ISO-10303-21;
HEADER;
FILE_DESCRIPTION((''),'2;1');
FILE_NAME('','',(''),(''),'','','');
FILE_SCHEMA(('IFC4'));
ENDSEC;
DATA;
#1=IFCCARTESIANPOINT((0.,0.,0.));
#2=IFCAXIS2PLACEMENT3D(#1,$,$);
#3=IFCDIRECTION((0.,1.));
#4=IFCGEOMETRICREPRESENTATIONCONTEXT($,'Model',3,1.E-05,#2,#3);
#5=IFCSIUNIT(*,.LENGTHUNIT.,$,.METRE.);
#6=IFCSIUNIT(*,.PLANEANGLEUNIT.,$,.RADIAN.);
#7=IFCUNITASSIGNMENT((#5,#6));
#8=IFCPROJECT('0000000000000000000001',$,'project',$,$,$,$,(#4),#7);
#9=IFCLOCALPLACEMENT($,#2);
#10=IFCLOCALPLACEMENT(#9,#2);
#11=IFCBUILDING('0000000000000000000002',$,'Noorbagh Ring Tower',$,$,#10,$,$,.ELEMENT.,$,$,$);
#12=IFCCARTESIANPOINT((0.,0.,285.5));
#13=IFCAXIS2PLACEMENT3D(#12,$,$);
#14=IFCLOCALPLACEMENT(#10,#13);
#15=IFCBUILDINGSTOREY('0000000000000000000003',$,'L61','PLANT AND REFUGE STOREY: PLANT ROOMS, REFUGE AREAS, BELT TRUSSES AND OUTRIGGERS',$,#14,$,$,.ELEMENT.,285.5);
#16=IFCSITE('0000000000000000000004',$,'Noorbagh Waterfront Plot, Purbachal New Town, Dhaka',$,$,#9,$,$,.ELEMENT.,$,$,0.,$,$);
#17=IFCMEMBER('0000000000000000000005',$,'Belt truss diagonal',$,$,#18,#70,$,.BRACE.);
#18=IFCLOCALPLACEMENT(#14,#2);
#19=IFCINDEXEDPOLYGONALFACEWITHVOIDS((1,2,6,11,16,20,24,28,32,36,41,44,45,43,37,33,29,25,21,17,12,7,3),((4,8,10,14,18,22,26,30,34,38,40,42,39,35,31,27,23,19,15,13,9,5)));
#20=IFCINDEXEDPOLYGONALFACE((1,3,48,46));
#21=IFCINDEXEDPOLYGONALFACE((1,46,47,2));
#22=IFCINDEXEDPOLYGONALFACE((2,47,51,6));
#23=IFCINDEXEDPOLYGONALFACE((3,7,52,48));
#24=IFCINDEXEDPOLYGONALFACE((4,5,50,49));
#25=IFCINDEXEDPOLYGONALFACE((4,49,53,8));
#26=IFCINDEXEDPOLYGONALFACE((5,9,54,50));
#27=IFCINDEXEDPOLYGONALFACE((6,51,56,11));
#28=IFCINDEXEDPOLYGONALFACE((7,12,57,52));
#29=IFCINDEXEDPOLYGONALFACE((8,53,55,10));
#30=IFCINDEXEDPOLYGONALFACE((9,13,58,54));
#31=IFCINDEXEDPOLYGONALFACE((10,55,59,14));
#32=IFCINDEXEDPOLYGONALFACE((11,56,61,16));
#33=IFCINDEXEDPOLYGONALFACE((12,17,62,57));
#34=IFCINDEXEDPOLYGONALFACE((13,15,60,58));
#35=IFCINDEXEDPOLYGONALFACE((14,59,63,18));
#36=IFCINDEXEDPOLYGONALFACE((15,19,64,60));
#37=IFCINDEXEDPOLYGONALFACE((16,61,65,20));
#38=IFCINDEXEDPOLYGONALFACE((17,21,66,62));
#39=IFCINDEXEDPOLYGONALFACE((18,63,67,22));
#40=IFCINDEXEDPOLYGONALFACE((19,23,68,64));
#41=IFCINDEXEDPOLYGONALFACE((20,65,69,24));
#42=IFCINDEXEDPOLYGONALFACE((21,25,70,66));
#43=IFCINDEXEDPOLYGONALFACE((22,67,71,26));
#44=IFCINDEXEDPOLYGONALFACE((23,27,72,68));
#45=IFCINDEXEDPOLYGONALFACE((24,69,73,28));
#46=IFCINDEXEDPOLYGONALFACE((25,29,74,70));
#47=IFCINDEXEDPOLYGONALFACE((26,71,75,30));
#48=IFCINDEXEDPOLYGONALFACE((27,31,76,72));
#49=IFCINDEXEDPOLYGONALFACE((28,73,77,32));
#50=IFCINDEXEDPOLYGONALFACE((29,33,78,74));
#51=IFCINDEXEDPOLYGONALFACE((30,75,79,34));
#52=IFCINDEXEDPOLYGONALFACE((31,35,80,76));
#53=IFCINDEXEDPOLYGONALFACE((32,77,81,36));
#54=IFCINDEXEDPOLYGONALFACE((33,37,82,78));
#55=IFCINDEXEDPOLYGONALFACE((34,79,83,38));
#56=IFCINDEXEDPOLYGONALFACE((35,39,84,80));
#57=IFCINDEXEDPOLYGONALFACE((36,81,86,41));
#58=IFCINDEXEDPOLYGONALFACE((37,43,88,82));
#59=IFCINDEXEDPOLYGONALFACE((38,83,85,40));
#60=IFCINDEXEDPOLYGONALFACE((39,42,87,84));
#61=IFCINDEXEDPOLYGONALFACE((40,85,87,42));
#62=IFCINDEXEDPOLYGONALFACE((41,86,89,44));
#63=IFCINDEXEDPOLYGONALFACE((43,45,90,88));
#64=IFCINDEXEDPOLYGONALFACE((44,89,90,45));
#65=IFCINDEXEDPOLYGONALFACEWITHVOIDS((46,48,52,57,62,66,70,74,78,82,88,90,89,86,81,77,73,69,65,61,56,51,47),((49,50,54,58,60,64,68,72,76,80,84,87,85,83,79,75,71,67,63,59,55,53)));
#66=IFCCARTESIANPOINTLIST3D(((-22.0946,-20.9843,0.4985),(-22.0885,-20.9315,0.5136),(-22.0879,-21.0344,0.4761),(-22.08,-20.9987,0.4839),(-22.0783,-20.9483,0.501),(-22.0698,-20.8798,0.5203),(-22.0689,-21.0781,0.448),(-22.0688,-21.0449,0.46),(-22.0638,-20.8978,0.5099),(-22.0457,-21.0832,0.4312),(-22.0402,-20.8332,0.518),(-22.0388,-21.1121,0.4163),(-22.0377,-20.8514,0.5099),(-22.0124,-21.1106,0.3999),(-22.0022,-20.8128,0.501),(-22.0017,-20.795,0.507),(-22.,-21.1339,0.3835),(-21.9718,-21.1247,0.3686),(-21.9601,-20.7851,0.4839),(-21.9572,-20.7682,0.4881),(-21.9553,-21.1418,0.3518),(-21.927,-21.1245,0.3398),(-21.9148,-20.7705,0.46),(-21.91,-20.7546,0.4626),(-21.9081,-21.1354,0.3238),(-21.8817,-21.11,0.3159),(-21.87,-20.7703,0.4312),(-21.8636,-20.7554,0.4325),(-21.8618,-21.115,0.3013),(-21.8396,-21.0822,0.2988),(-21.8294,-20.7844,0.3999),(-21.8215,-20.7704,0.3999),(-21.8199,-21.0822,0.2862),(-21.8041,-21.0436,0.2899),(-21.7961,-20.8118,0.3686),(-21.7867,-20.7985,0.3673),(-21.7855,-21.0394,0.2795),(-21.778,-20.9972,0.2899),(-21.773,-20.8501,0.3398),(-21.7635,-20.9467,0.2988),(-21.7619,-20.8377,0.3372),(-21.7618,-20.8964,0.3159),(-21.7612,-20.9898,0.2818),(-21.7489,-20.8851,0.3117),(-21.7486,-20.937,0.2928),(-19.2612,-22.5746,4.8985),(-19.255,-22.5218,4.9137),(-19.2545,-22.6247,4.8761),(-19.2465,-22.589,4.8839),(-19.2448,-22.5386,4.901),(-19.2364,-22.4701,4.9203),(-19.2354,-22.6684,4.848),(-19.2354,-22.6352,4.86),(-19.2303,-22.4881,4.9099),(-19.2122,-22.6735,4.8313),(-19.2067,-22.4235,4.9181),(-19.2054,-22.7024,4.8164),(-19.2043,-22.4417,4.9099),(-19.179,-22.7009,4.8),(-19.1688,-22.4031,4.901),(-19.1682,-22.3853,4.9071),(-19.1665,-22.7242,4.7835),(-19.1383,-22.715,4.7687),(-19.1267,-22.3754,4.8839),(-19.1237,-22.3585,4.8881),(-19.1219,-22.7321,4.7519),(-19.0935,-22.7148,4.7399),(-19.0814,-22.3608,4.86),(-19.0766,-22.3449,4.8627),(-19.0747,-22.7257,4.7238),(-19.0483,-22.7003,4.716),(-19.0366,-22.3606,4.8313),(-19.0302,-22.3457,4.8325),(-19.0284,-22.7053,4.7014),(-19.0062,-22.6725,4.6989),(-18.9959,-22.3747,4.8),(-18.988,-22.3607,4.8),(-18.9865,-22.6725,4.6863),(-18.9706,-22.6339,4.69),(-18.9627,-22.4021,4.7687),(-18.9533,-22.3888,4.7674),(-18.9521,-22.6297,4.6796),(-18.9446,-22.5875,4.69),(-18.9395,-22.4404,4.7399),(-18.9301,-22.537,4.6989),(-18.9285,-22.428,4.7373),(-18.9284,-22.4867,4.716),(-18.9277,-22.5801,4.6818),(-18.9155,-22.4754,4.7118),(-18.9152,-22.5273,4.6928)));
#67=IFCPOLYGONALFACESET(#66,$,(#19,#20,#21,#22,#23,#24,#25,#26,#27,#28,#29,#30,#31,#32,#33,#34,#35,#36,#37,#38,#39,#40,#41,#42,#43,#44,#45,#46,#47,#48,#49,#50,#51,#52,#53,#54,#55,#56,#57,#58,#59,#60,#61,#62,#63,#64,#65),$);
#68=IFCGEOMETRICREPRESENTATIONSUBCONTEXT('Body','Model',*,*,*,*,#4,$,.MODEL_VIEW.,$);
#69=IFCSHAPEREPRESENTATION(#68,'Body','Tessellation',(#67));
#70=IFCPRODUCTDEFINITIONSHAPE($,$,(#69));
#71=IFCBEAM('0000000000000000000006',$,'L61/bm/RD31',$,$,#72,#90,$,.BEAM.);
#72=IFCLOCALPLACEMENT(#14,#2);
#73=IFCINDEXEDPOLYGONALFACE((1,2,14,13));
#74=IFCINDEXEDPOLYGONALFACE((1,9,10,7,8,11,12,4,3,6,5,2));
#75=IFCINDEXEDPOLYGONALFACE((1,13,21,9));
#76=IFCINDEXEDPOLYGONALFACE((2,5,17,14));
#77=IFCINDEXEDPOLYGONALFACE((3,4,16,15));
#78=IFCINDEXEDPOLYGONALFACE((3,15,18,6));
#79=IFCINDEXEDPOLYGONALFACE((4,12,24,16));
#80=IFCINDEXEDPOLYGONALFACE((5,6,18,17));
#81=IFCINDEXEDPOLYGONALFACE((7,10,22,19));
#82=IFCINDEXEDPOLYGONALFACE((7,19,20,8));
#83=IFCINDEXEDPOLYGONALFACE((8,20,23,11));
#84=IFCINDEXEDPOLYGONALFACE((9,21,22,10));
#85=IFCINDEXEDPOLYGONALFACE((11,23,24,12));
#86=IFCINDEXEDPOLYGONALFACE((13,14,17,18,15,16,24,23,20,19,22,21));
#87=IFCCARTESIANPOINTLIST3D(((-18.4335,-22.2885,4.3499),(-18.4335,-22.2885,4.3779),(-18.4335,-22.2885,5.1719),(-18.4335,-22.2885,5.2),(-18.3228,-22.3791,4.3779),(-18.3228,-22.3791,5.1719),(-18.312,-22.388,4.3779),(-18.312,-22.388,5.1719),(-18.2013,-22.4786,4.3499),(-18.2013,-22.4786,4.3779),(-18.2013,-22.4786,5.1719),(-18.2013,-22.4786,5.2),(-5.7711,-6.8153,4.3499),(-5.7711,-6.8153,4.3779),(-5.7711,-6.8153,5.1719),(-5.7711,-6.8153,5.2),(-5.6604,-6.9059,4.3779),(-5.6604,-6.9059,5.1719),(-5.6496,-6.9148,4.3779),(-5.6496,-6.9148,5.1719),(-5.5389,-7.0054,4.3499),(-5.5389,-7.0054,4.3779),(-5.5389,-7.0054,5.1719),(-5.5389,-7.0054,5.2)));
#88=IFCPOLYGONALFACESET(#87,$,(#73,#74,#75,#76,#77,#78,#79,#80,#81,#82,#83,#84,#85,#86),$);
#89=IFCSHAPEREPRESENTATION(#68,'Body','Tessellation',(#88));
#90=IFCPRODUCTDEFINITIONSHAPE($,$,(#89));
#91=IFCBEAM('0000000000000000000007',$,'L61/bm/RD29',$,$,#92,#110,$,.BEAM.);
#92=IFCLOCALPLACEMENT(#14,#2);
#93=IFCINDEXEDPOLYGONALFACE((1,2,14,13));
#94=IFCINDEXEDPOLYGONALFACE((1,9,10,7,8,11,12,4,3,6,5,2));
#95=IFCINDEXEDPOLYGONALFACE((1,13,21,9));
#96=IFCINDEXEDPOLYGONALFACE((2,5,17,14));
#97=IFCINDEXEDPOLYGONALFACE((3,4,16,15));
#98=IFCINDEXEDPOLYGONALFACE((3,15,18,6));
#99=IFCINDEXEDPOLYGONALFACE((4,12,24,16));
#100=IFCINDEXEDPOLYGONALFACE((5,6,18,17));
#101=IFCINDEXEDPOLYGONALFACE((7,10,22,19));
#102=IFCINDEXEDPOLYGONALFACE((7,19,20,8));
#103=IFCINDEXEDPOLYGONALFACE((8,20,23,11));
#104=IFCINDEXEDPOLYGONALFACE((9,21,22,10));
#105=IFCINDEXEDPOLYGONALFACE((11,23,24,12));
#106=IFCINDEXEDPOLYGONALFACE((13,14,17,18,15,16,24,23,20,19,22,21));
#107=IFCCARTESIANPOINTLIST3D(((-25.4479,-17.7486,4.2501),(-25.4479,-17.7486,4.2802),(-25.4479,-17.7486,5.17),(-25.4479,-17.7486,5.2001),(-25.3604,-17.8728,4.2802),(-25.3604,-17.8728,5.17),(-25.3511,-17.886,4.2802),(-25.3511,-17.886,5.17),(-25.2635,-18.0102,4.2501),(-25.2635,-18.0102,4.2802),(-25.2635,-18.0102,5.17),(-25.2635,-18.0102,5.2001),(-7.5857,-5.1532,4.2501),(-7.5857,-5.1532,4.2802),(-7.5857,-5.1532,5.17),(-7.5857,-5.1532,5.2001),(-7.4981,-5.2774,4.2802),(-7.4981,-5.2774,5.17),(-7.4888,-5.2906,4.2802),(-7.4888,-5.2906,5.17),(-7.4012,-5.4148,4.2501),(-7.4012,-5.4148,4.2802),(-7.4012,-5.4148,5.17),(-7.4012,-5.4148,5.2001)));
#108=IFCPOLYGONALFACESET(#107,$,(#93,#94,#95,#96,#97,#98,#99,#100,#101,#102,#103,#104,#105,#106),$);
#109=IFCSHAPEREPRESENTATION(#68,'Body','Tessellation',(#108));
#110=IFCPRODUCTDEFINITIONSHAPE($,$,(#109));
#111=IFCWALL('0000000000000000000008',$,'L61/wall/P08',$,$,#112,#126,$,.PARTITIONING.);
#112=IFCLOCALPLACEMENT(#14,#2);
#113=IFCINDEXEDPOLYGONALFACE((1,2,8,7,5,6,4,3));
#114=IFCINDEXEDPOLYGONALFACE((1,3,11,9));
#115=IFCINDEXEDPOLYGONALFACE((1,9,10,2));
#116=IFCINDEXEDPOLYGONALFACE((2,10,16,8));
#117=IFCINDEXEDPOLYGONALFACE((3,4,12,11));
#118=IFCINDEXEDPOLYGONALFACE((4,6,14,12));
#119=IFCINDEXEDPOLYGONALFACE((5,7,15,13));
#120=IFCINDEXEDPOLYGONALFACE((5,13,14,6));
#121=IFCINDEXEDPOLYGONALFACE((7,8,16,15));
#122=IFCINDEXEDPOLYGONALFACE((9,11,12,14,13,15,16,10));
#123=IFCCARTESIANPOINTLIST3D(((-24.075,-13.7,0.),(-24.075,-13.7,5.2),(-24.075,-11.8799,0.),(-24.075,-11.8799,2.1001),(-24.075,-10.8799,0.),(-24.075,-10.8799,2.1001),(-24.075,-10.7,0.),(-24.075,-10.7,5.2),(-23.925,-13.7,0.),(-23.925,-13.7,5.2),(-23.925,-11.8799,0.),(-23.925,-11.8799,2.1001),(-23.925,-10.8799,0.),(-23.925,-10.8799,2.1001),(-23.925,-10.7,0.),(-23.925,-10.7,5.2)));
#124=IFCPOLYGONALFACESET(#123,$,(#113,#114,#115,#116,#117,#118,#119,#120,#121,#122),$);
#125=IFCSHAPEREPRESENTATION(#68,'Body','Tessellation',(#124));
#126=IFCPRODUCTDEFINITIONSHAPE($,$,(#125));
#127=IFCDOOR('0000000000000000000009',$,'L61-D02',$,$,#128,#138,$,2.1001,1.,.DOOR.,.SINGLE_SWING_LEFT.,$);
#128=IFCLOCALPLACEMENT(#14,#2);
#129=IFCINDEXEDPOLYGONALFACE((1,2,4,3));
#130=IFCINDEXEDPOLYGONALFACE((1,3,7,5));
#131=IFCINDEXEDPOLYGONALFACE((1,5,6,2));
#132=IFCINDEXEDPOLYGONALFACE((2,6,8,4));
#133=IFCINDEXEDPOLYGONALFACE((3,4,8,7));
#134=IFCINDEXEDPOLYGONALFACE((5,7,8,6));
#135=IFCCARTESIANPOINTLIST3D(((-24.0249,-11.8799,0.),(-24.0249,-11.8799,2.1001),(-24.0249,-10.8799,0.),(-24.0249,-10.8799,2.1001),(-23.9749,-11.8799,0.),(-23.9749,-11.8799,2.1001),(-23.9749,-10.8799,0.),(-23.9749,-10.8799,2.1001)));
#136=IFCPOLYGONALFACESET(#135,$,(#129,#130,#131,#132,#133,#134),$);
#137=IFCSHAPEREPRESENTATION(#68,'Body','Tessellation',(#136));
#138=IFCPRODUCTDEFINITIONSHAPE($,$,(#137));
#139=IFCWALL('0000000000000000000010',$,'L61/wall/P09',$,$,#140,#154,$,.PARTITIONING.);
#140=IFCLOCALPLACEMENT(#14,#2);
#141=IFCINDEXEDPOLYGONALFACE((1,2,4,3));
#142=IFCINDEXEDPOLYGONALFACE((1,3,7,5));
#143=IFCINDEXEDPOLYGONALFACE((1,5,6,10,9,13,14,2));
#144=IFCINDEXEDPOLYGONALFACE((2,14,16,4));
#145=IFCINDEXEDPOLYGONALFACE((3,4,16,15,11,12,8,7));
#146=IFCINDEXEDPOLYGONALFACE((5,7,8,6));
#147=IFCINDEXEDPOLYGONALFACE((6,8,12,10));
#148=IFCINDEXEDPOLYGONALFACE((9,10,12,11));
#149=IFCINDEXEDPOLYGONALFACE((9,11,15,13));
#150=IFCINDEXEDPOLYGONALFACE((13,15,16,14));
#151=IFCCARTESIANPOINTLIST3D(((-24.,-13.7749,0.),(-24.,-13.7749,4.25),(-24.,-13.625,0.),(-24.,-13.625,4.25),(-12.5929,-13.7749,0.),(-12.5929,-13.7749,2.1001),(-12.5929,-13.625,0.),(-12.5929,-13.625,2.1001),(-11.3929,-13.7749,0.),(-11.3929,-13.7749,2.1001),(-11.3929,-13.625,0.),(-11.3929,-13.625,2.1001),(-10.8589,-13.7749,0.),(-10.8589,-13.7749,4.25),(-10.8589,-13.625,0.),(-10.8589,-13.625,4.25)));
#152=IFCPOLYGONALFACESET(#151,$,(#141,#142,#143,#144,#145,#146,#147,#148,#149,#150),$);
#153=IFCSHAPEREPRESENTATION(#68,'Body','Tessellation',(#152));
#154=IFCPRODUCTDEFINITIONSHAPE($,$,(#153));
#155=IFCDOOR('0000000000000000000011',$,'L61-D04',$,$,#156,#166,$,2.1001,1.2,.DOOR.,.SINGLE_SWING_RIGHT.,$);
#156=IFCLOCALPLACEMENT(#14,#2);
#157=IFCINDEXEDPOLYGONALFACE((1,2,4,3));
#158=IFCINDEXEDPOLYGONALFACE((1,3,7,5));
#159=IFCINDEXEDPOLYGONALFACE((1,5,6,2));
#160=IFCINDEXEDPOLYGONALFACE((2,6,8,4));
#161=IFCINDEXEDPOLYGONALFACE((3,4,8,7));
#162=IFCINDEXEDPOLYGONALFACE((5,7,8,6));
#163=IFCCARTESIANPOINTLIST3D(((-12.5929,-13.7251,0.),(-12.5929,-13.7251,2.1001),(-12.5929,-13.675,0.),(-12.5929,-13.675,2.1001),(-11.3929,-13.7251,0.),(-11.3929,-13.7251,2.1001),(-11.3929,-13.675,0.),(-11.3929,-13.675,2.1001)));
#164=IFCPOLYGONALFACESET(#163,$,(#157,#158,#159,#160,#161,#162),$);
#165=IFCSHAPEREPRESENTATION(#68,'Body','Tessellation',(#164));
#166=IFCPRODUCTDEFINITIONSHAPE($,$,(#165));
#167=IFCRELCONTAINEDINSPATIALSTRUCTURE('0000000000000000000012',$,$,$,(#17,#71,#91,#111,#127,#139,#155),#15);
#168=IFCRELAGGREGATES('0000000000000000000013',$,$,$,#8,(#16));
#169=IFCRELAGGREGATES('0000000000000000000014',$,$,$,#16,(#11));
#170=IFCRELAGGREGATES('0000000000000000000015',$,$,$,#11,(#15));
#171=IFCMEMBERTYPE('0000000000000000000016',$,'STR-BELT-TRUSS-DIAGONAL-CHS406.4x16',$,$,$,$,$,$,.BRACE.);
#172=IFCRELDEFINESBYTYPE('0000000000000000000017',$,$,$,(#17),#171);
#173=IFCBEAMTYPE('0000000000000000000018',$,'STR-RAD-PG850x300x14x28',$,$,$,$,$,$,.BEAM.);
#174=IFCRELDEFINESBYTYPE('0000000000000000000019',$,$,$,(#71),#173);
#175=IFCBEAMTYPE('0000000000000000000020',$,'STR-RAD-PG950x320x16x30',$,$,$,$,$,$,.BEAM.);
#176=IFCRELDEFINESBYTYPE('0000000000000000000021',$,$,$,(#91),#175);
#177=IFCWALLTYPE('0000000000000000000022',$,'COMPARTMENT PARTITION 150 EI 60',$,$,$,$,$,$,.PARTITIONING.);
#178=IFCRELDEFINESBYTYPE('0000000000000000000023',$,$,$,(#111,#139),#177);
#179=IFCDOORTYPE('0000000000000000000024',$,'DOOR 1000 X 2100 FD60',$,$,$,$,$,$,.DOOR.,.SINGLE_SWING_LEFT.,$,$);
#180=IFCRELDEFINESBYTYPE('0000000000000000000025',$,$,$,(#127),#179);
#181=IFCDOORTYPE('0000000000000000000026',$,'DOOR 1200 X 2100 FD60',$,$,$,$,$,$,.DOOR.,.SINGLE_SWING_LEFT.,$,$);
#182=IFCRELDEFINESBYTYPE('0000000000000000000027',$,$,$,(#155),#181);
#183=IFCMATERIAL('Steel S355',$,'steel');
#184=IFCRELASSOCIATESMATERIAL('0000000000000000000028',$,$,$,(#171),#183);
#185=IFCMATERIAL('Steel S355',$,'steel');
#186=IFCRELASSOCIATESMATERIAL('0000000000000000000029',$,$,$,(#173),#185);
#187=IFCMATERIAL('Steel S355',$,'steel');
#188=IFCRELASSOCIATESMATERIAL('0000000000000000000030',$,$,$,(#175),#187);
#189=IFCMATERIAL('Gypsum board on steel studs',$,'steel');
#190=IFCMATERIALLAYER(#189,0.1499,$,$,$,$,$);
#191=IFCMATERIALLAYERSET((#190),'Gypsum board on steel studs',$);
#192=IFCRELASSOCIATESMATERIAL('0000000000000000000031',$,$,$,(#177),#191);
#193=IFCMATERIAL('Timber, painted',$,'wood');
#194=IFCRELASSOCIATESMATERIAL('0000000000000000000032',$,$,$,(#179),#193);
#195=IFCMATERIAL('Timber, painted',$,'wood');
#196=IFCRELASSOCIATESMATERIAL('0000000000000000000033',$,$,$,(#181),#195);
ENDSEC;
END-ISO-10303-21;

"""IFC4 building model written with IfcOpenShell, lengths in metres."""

from ifc_helpers import new_model, si_unit, direction, frame, frame_2d, origin, origin_2d, place, context, subcontext, project, spatial, rectangle, hollow_circle, i_section, extrude, material, layer, layer_set, material_profile, profile_set, type_object, element, fill, save


model = new_model("IFC4")

# Units and contexts
model_context = context("Model", 3, precision=1e-05, world=origin(), true_north=direction((0.0, 1.0)))
body_context = subcontext(model_context, "Body", "Model", "MODEL_VIEW")
ifc_project = project(units=[si_unit("LENGTHUNIT", "METRE"), si_unit("PLANEANGLEUNIT", "RADIAN")], contexts=[model_context])

# Site, building, storey
site_placement = place(None, origin())
site = spatial("IfcSite", under=ifc_project, at=site_placement, Name="Noorbagh Waterfront Plot, Purbachal New Town, Dhaka", CompositionType="ELEMENT", RefElevation=0.0)
building_placement = place(site_placement, origin())
building = spatial("IfcBuilding", under=site, at=building_placement, Name="Noorbagh Ring Tower", CompositionType="ELEMENT")
storey_placement = place(building_placement, frame((0.0, 0.0, 285.5)))
storey = spatial("IfcBuildingStorey", under=building, at=storey_placement, Name="L61", Description="PLANT AND REFUGE STOREY: PLANT ROOMS, REFUGE AREAS, BELT TRUSSES AND OUTRIGGERS", CompositionType="ELEMENT", Elevation=285.5)

# Member
ifc_material_1 = material(Name="Steel S355", Category="steel")
ifc_material_profile_1 = material_profile(ifc_material_1, hollow_circle(Radius=0.2031, WallThickness=0.0161, at=origin_2d()), Name="CHS406.4x16")
ifc_profile_set_1 = profile_set([ifc_material_profile_1], Name="Steel S355")
member_type = type_object("IfcMemberType", Name="STR-BELT-TRUSS-DIAGONAL-CHS406.4x16", PredefinedType="BRACE", material=ifc_profile_set_1)
member_1_placement = place(storey_placement, frame((-21.9209, -20.9475, 0.3999), z_axis=(0.518022, -0.290746, 0.804438), x_axis=(0.489441, 0.872037, 0.0)))
element("IfcMember", 1, at=member_1_placement, inside=storey, type_object=member_type, Name="Belt truss diagonal", PredefinedType="BRACE", context=body_context, shape_type="SweptSolid", body=[
    extrude(hollow_circle(Radius=0.2031, WallThickness=0.0161, at=origin_2d()), origin(), (0.0, 0.0, 1.0), 5.4697),
])

# Beams
ifc_material_2 = material(Name="Steel S355", Category="steel")
ifc_material_profile_2 = material_profile(ifc_material_2, i_section(OverallWidth=0.3, OverallDepth=0.8501, WebThickness=0.0139, FlangeThickness=0.0281, at=origin_2d()), Name="PG850x300x14x28")
ifc_profile_set_2 = profile_set([ifc_material_profile_2], Name="Steel S355")
beam_type_1 = type_object("IfcBeamType", Name="STR-RAD-PG850x300x14x28", PredefinedType="BEAM", material=ifc_profile_set_2)
beam_1_placement = place(storey_placement, frame((-18.3174, -22.3835, 4.7749), z_axis=(0.633313, 0.773896, 0.0), x_axis=(-0.773896, 0.633313, 0.0)))
element("IfcBeam", 2, at=beam_1_placement, inside=storey, type_object=beam_type_1, Name="L61/bm/RD31", PredefinedType="BEAM", context=body_context, shape_type="SweptSolid", body=[
    extrude(i_section(OverallWidth=0.3, OverallDepth=0.8501, WebThickness=0.0139, FlangeThickness=0.0281, at=origin_2d()), origin(), (0.0, 0.0, 1.0), 19.9939),
])
ifc_material_3 = material(Name="Steel S355", Category="steel")
ifc_material_profile_3 = material_profile(ifc_material_3, i_section(OverallWidth=0.3201, OverallDepth=0.95, WebThickness=0.0161, FlangeThickness=0.03, at=origin_2d()), Name="PG950x320x16x30")
ifc_profile_set_3 = profile_set([ifc_material_profile_3], Name="Steel S355")
beam_type_2 = type_object("IfcBeamType", Name="STR-RAD-PG950x320x16x30", PredefinedType="BEAM", material=ifc_profile_set_3)
beam_2_placement = place(storey_placement, frame((-25.3557, -17.8794, 4.7251), z_axis=(0.817253, 0.576279, 0.0), x_axis=(-0.576279, 0.817253, 0.0)))
element("IfcBeam", 3, at=beam_2_placement, inside=storey, type_object=beam_type_2, Name="L61/bm/RD29", PredefinedType="BEAM", context=body_context, shape_type="SweptSolid", body=[
    extrude(i_section(OverallWidth=0.3201, OverallDepth=0.95, WebThickness=0.0161, FlangeThickness=0.03, at=origin_2d()), origin(), (0.0, 0.0, 1.0), 21.8564),
])

# Walls, openings, doors
ifc_material_4 = material(Name="Gypsum board on steel studs", Category="steel")
ifc_layer_1 = layer(ifc_material_4, 0.1499)
ifc_layer_set_1 = layer_set([ifc_layer_1], Name="Gypsum board on steel studs")
wall_type = type_object("IfcWallType", Name="COMPARTMENT PARTITION 150 EI 60", PredefinedType="PARTITIONING", material=ifc_layer_set_1)
wall_1_placement = place(storey_placement, frame((-24.0, -13.7, 0.0), z_axis=(0.0, 0.0, 1.0), x_axis=(0.0, 1.0, 0.0)))
wall_1 = element("IfcWall", 4, at=wall_1_placement, inside=storey, type_object=wall_type, Name="L61/wall/P08", PredefinedType="PARTITIONING", context=body_context, shape_type="SweptSolid", body=[
    extrude(rectangle(XDim=3.0, YDim=0.1499, at=frame_2d((1.5, 0.0))), origin(), (0.0, 0.0, 1.0), 5.2),
])
opening_1_placement = place(wall_1_placement, frame((1.8201, 0.0, 0.0)))
opening_1 = element("IfcOpeningElement", 5, at=opening_1_placement, cuts=wall_1, PredefinedType="OPENING", context=body_context, shape_type="SweptSolid", body=[
    extrude(rectangle(XDim=1.0, YDim=2.1001, at=frame_2d((0.5, 1.05))), frame((0.0, 0.085, 0.0), z_axis=(0.0, -1.0, 0.0), x_axis=(1.0, 0.0, 0.0)), (0.0, 0.0, 1.0), 0.1699),
])
ifc_material_5 = material(Name="Timber, painted", Category="wood")
door_type_1 = type_object("IfcDoorType", Name="DOOR 1000 X 2100 FD60", OperationType="SINGLE_SWING_LEFT", PredefinedType="DOOR", material=ifc_material_5)
door_1_placement = place(opening_1_placement, origin())
door_1 = element("IfcDoor", 6, at=door_1_placement, inside=storey, type_object=door_type_1, Name="L61-D02", OperationType="SINGLE_SWING_LEFT", OverallHeight=2.1001, OverallWidth=1.0, PredefinedType="DOOR", context=body_context, shape_type="SweptSolid", body=[
    extrude(rectangle(XDim=1.0, YDim=2.1001, at=frame_2d((0.5, 1.05))), frame((0.0, 0.0249, 0.0), z_axis=(0.0, -1.0, 0.0), x_axis=(1.0, 0.0, 0.0)), (0.0, 0.0, 1.0), 0.05),
])
fill(opening_1, door_1)
wall_2_placement = place(storey_placement, frame((-24.0, -13.7, 0.0), z_axis=(0.0, 0.0, 1.0), x_axis=(1.0, 0.0, 0.0)))
wall_2 = element("IfcWall", 7, at=wall_2_placement, inside=storey, type_object=wall_type, Name="L61/wall/P09", PredefinedType="PARTITIONING", context=body_context, shape_type="SweptSolid", body=[
    extrude(rectangle(XDim=13.1411, YDim=0.1499, at=frame_2d((6.5706, 0.0))), origin(), (0.0, 0.0, 1.0), 4.25),
])
opening_2_placement = place(wall_2_placement, frame((11.407, 0.0, 0.0)))
opening_2 = element("IfcOpeningElement", 8, at=opening_2_placement, cuts=wall_2, PredefinedType="OPENING", context=body_context, shape_type="SweptSolid", body=[
    extrude(rectangle(XDim=1.2, YDim=2.1001, at=frame_2d((0.6001, 1.05))), frame((0.0, 0.085, 0.0), z_axis=(0.0, -1.0, 0.0), x_axis=(1.0, 0.0, 0.0)), (0.0, 0.0, 1.0), 0.1699),
])
ifc_material_6 = material(Name="Timber, painted", Category="wood")
door_type_2 = type_object("IfcDoorType", Name="DOOR 1200 X 2100 FD60", OperationType="SINGLE_SWING_LEFT", PredefinedType="DOOR", material=ifc_material_6)
door_2_placement = place(opening_2_placement, origin())
door_2 = element("IfcDoor", 9, at=door_2_placement, inside=storey, type_object=door_type_2, Name="L61-D04", OperationType="SINGLE_SWING_RIGHT", OverallHeight=2.1001, OverallWidth=1.2, PredefinedType="DOOR", context=body_context, shape_type="SweptSolid", body=[
    extrude(rectangle(XDim=1.2, YDim=2.1001, at=frame_2d((0.6001, 1.05))), frame((0.0, 0.0249, 0.0), z_axis=(0.0, -1.0, 0.0), x_axis=(1.0, 0.0, 0.0)), (0.0, 0.0, 1.0), 0.05),
])
fill(opening_2, door_2)

save(model, "model.ifc")
